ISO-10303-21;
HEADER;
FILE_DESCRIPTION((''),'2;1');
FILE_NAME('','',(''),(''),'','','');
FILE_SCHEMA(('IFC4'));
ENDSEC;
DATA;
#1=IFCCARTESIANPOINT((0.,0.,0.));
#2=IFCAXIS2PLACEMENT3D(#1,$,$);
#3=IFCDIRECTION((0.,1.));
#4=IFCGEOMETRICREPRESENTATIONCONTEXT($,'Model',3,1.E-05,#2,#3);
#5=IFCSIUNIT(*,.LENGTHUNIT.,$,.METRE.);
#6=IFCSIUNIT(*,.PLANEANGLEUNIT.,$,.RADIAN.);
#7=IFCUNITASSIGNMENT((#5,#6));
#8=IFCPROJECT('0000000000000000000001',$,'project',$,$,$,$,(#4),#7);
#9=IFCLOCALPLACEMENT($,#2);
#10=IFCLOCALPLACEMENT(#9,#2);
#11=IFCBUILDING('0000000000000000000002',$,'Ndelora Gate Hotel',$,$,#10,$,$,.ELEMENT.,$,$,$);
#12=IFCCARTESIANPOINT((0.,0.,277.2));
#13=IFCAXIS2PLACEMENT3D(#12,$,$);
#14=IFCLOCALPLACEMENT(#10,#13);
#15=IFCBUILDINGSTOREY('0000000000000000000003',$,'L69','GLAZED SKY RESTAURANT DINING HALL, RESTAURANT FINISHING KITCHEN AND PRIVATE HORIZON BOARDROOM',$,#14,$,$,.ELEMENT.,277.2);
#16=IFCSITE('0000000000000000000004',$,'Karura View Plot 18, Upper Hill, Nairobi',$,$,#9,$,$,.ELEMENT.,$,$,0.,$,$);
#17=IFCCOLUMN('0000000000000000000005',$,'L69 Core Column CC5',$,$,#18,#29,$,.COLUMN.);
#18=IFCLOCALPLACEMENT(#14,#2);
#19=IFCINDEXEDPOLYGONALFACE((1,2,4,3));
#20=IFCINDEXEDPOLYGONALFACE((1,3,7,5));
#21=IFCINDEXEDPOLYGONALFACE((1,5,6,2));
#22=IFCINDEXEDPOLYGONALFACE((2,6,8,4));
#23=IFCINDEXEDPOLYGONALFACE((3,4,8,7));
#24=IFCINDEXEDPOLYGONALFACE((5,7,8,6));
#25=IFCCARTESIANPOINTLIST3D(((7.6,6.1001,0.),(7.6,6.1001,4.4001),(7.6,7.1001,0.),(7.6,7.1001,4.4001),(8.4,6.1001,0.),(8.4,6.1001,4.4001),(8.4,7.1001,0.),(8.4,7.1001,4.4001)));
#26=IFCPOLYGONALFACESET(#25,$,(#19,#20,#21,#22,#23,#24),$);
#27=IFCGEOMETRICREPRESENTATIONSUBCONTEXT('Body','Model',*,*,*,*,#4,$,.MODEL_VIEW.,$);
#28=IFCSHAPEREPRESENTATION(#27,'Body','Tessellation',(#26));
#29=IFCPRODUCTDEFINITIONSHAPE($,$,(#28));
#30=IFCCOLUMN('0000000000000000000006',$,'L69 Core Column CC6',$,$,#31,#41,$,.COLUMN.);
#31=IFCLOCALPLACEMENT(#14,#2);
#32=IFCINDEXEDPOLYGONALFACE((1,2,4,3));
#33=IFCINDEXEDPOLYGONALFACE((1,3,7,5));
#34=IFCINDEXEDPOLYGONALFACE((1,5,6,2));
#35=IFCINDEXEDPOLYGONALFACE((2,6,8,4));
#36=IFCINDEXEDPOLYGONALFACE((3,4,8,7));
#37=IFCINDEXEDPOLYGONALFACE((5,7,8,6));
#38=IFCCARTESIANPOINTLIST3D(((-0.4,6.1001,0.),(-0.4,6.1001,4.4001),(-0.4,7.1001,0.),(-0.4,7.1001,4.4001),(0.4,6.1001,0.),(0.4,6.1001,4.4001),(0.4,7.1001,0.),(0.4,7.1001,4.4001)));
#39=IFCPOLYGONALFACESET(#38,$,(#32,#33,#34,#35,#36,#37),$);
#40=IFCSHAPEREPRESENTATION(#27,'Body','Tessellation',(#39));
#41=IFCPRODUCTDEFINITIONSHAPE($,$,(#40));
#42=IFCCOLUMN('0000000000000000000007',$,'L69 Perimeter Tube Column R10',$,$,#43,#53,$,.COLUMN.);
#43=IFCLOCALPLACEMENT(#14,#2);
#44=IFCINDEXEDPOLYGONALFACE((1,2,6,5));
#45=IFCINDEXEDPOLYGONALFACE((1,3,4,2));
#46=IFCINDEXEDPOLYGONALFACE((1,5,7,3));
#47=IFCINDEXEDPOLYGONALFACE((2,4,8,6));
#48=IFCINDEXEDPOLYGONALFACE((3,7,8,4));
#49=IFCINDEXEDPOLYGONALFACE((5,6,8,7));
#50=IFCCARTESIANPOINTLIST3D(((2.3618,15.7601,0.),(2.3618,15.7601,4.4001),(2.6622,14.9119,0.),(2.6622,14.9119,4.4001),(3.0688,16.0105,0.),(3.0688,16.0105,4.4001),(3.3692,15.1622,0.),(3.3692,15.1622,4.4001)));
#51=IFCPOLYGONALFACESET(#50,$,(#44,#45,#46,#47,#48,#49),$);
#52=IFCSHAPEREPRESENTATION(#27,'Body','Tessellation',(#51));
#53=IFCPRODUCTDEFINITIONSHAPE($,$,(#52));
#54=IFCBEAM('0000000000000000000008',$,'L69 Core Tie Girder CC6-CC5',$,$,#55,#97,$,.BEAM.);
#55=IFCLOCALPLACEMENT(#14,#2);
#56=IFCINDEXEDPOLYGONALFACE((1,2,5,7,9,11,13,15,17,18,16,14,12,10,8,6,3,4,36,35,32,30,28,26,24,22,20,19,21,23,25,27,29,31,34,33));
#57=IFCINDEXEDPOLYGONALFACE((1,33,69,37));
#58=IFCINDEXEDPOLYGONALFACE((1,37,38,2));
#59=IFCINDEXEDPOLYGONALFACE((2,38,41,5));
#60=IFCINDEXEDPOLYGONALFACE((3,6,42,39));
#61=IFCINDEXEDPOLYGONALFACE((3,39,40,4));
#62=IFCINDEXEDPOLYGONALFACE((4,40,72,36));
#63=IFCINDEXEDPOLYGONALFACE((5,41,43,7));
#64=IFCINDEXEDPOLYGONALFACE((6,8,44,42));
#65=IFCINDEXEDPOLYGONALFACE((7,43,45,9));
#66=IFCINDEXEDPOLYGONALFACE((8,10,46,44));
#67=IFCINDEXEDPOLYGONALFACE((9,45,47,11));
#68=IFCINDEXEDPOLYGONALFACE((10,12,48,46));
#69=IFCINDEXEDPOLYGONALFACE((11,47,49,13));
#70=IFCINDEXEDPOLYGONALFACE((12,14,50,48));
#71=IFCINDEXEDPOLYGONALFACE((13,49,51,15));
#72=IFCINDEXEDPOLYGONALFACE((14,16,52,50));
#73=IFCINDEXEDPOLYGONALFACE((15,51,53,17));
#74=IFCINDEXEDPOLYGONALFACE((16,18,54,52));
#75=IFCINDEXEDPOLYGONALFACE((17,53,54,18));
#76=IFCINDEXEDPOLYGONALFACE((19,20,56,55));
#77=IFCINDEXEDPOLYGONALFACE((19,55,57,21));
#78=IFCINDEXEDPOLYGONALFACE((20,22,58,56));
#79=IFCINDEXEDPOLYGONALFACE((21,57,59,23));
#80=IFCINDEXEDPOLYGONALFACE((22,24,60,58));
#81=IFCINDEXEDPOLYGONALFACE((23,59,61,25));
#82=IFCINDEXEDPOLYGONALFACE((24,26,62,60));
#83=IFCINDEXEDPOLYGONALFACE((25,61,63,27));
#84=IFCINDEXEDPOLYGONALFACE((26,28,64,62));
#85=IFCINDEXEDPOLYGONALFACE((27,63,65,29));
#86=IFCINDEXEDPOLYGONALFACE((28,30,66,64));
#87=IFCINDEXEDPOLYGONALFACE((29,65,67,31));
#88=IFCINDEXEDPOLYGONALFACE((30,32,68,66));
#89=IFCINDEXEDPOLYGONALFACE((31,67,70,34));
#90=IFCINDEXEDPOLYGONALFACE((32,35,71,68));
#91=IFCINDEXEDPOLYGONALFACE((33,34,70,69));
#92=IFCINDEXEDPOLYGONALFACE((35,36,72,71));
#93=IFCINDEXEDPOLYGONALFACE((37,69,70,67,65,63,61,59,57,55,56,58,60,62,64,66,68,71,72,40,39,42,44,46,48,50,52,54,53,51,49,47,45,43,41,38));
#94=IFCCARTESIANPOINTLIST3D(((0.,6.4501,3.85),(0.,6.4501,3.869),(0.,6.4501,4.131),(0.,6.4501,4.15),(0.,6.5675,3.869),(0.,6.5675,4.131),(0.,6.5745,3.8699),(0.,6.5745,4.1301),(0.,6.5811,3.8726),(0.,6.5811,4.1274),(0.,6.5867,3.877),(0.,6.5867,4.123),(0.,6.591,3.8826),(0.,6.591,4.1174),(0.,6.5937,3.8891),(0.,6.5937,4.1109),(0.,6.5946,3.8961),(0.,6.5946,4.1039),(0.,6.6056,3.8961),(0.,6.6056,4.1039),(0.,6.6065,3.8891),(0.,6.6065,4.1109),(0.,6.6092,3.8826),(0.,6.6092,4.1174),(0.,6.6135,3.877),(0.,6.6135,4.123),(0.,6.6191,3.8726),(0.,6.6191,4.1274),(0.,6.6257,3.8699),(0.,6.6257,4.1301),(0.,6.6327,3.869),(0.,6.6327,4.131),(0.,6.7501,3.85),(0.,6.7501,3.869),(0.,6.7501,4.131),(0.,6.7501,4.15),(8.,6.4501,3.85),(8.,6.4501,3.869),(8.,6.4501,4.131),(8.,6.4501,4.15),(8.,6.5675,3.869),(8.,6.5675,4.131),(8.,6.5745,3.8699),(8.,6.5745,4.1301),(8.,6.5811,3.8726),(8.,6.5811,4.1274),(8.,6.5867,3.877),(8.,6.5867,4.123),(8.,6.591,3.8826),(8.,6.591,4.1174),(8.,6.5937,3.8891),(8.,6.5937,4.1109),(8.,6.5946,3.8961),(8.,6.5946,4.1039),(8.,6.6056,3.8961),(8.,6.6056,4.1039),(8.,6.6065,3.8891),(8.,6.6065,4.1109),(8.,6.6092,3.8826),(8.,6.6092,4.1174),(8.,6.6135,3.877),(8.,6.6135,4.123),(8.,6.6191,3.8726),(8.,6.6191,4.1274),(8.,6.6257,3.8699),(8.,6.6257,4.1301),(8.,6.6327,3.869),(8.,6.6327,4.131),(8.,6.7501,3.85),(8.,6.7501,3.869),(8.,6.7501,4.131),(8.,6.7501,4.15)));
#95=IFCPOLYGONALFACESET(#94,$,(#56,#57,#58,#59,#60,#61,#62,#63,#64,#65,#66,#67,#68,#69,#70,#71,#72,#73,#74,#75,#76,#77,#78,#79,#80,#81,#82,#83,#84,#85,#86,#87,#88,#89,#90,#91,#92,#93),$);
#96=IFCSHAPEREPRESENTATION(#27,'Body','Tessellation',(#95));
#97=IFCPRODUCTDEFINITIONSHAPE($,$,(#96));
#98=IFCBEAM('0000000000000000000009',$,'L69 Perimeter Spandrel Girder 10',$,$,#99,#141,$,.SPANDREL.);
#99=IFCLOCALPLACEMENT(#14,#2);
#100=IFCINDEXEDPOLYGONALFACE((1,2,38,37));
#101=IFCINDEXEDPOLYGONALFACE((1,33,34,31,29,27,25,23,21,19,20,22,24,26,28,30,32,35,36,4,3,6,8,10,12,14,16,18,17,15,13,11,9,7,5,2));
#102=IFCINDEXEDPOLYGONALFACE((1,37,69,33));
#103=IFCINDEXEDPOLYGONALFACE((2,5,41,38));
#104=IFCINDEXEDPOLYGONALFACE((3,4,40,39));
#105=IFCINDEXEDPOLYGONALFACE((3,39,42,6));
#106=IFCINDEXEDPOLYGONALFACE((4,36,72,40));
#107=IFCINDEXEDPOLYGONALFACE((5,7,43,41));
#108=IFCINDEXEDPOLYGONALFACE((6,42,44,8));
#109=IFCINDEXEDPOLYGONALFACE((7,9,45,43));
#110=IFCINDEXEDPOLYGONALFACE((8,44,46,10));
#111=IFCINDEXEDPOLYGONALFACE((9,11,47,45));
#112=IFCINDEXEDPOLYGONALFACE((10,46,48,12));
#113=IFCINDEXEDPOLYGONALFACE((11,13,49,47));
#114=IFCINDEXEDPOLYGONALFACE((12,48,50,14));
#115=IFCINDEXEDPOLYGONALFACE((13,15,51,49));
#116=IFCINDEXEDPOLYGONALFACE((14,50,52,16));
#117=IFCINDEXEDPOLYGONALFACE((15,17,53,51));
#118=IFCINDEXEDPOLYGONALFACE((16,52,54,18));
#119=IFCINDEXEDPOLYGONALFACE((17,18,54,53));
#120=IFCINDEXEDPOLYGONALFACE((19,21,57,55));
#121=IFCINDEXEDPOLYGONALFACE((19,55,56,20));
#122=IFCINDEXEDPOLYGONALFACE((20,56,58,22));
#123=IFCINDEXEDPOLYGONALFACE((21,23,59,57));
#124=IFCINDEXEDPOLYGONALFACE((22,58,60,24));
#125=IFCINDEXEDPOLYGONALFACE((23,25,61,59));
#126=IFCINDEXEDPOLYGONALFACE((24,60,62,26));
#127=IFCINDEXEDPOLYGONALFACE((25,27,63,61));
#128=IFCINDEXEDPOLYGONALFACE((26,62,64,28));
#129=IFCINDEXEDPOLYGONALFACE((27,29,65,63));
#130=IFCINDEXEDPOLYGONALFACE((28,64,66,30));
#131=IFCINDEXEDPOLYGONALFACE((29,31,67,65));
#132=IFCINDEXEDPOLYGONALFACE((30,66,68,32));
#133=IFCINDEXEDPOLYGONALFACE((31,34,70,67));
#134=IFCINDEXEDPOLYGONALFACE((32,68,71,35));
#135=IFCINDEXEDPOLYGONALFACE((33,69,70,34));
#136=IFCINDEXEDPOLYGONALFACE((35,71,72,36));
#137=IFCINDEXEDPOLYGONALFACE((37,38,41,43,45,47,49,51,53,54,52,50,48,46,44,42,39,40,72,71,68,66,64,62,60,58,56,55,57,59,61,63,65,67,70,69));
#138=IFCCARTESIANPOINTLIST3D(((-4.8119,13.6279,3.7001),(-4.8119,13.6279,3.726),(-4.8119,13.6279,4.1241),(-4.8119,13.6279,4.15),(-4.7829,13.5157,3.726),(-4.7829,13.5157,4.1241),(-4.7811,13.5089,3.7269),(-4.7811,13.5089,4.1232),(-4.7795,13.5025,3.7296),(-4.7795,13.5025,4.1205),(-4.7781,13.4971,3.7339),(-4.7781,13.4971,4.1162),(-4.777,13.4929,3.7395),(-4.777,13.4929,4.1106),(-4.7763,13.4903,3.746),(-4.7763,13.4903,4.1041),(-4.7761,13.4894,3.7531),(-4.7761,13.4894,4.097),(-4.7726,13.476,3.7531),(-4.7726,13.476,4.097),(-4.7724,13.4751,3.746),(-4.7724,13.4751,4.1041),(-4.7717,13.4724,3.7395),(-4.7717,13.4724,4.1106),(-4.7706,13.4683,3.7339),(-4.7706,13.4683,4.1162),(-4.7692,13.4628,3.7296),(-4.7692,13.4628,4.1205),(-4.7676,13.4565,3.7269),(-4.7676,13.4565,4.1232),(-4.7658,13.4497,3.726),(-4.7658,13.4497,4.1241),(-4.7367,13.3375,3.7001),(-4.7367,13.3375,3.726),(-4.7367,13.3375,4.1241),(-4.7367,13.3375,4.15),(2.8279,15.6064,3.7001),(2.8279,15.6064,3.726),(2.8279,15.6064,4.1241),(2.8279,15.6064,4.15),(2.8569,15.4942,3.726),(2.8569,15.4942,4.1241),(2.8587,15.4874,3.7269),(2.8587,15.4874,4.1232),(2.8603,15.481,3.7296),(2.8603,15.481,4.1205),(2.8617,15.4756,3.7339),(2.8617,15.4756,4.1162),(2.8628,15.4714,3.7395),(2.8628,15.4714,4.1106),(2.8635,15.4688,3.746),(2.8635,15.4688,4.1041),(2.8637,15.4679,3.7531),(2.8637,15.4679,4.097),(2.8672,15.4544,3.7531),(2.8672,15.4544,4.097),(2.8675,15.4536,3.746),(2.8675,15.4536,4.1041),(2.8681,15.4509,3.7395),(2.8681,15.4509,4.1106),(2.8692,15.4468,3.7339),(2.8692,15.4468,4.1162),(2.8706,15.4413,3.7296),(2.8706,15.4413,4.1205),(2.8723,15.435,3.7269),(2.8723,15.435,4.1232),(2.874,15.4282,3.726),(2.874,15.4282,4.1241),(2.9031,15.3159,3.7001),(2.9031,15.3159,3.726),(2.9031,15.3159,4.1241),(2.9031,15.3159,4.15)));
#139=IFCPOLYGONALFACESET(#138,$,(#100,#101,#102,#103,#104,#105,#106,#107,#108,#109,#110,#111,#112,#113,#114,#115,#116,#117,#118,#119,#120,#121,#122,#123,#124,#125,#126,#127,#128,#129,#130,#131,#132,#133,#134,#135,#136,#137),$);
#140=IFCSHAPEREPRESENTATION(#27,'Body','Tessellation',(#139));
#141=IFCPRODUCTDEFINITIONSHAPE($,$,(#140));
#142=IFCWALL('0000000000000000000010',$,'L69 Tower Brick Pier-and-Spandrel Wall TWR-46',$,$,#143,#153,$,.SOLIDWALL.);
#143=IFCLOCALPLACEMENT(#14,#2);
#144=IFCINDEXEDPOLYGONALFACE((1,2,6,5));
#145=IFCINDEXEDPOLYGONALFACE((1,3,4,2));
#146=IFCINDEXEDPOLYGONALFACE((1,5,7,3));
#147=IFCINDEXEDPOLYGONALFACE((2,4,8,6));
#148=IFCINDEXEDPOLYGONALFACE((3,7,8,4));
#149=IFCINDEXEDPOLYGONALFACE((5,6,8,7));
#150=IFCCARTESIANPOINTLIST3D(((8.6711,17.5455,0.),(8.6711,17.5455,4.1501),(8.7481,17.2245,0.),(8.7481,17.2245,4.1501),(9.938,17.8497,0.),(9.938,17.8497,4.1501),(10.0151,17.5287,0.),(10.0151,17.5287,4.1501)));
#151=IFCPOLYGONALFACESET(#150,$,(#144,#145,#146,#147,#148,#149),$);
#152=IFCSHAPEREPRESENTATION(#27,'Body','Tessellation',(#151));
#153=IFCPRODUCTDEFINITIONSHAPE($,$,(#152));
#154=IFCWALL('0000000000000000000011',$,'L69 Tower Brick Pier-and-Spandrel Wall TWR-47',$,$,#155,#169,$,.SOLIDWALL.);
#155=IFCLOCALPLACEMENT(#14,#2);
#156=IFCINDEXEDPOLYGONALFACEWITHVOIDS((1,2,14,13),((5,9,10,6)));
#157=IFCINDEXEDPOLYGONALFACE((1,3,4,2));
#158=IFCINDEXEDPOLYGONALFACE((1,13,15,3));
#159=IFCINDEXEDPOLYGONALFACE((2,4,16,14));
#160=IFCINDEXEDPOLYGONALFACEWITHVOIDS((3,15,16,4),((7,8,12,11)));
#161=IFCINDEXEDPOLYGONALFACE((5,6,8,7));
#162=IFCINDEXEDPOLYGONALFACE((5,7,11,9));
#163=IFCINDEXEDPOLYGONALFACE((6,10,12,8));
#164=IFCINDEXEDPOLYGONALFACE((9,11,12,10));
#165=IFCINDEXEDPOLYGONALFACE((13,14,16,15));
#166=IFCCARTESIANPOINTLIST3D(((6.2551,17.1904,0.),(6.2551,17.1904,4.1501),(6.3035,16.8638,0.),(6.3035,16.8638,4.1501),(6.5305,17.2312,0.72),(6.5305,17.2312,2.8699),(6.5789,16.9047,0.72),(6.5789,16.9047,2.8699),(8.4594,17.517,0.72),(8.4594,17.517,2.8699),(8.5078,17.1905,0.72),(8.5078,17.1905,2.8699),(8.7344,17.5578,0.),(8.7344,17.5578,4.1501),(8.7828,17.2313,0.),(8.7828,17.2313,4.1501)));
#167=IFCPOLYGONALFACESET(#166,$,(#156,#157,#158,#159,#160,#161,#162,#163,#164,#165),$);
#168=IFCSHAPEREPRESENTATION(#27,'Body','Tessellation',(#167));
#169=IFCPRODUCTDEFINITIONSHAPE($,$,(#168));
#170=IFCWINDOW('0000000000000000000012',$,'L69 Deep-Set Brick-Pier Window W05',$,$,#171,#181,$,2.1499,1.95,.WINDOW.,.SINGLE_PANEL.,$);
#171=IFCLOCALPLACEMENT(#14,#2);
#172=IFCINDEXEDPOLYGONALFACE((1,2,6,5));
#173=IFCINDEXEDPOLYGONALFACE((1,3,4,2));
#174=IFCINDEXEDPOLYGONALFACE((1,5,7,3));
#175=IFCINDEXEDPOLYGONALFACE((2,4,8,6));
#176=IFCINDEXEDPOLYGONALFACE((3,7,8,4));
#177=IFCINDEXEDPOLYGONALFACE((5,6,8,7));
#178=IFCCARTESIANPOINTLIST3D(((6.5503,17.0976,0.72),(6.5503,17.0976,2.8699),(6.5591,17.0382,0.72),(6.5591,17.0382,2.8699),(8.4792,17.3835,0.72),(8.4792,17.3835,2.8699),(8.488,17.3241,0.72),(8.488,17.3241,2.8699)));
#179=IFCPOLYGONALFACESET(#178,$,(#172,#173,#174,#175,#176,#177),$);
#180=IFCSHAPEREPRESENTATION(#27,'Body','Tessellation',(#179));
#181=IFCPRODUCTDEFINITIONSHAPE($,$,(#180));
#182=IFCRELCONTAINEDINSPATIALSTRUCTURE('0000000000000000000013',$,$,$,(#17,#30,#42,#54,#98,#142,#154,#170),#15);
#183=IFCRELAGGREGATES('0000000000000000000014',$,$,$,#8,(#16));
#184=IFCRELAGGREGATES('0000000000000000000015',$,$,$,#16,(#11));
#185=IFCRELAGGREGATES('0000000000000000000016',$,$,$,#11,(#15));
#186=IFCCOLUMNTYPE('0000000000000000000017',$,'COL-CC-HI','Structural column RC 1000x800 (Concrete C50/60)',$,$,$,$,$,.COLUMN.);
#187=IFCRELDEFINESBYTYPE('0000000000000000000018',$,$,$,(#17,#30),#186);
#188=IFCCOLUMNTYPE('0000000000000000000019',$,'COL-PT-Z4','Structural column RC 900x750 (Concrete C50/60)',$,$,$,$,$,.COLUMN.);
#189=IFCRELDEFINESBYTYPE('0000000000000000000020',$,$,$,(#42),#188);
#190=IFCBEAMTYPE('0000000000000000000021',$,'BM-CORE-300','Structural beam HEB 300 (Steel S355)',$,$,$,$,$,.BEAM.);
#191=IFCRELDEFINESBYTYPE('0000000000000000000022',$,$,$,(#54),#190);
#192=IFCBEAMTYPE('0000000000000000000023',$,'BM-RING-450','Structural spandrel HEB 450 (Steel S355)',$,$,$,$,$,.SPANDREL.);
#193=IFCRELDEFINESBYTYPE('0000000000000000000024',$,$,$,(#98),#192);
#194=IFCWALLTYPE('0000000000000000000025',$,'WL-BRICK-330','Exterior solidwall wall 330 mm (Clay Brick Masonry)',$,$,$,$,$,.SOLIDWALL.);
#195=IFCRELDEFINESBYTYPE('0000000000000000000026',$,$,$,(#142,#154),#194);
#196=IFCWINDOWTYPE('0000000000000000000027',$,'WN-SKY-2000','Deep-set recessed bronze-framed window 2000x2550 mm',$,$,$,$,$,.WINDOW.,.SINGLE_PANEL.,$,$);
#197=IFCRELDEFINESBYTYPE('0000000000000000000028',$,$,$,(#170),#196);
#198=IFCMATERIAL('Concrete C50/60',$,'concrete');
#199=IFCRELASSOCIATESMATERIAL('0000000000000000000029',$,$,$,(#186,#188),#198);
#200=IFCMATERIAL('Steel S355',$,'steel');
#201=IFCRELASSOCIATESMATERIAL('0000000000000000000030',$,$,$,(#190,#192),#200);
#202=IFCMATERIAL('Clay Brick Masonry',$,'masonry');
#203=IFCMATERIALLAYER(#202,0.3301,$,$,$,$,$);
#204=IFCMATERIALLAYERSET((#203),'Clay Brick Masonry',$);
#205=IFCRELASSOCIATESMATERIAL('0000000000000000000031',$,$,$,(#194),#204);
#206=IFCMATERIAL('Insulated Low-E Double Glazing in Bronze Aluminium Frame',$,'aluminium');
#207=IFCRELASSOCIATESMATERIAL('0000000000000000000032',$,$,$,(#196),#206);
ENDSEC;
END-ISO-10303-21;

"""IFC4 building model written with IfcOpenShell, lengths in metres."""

from ifc_helpers import new_model, si_unit, direction, frame, frame_2d, origin, origin_2d, place, context, subcontext, project, spatial, rectangle, i_section, extrude, material, layer, layer_set, material_profile, profile_set, type_object, element, fill, save


model = new_model("IFC4")

# Units and contexts
model_context = context("Model", 3, precision=1e-05, world=origin(), true_north=direction((0.0, 1.0)))
body_context = subcontext(model_context, "Body", "Model", "MODEL_VIEW")
ifc_project = project(units=[si_unit("LENGTHUNIT", "METRE"), si_unit("PLANEANGLEUNIT", "RADIAN")], contexts=[model_context])

# Site, building, storey
site_placement = place(None, origin())
site = spatial("IfcSite", under=ifc_project, at=site_placement, Name="Karura View Plot 18, Upper Hill, Nairobi", CompositionType="ELEMENT", RefElevation=0.0)
building_placement = place(site_placement, origin())
building = spatial("IfcBuilding", under=site, at=building_placement, Name="Ndelora Gate Hotel", CompositionType="ELEMENT")
storey_placement = place(building_placement, frame((0.0, 0.0, 277.2)))
storey = spatial("IfcBuildingStorey", under=building, at=storey_placement, Name="L69", Description="GLAZED SKY RESTAURANT DINING HALL, RESTAURANT FINISHING KITCHEN AND PRIVATE HORIZON BOARDROOM", CompositionType="ELEMENT", Elevation=277.2)

# Columns
ifc_material_1 = material(Name="Concrete C50/60", Category="concrete")
ifc_material_profile_1 = material_profile(ifc_material_1, rectangle(XDim=0.8, YDim=1.0, at=origin_2d()), Name="RC 1000x800")
ifc_profile_set_1 = profile_set([ifc_material_profile_1], Name="Concrete C50/60")
column_type_1 = type_object("IfcColumnType", Name="COL-CC-HI", Description="Structural column RC 1000x800 (Concrete C50/60)", PredefinedType="COLUMN", material=ifc_profile_set_1)
for number, where, z_axis, x_axis, name in (
    (1, (8.0, 6.6001, 0.0), (0.0, 0.0, 1.0), (1.0, 0.0, 0.0), "L69 Core Column CC5"),
    (2, (0.0, 6.6001, 0.0), (0.0, 0.0, 1.0), (1.0, 0.0, 0.0), "L69 Core Column CC6"),
):
    element("IfcColumn", number, at=place(storey_placement, frame(where, z_axis=z_axis, x_axis=x_axis)), inside=storey, type_object=column_type_1, Name=name, PredefinedType="COLUMN", context=body_context, shape_type="SweptSolid", body=[
        extrude(rectangle(XDim=0.8, YDim=1.0, at=origin_2d()), origin(), (0.0, 0.0, 1.0), 4.4001),
    ])
ifc_material_profile_2 = material_profile(ifc_material_1, rectangle(XDim=0.75, YDim=0.8999, at=origin_2d()), Name="RC 900x750")
ifc_profile_set_2 = profile_set([ifc_material_profile_2], Name="Concrete C50/60")
column_type_2 = type_object("IfcColumnType", Name="COL-PT-Z4", Description="Structural column RC 900x750 (Concrete C50/60)", PredefinedType="COLUMN", material=ifc_profile_set_2)
column_placement = place(storey_placement, frame((2.8655, 15.4612, 0.0), z_axis=(0.0, 0.0, 1.0), x_axis=(0.942641, 0.333807, 0.0)))
element("IfcColumn", 3, at=column_placement, inside=storey, type_object=column_type_2, Name="L69 Perimeter Tube Column R10", PredefinedType="COLUMN", context=body_context, shape_type="SweptSolid", body=[
    extrude(rectangle(XDim=0.75, YDim=0.8999, at=origin_2d()), origin(), (0.0, 0.0, 1.0), 4.4001),
])

# Beams
ifc_material_2 = material(Name="Steel S355", Category="steel")
ifc_material_profile_3 = material_profile(ifc_material_2, i_section(OverallWidth=0.3, OverallDepth=0.3, WebThickness=0.011, FlangeThickness=0.019, FilletRadius=0.0271, at=origin_2d()), Name="HEB 300")
ifc_profile_set_3 = profile_set([ifc_material_profile_3], Name="Steel S355")
beam_type_1 = type_object("IfcBeamType", Name="BM-CORE-300", Description="Structural beam HEB 300 (Steel S355)", PredefinedType="BEAM", material=ifc_profile_set_3)
beam_1_placement = place(storey_placement, frame((0.0, 6.6001, 4.0), z_axis=(1.0, 0.0, 0.0), x_axis=(0.0, 1.0, 0.0)))
element("IfcBeam", 4, at=beam_1_placement, inside=storey, type_object=beam_type_1, Name="L69 Core Tie Girder CC6-CC5", PredefinedType="BEAM", context=body_context, shape_type="SweptSolid", body=[
    extrude(i_section(OverallWidth=0.3, OverallDepth=0.3, WebThickness=0.011, FlangeThickness=0.019, FilletRadius=0.0271, at=origin_2d()), origin(), (0.0, 0.0, 1.0), 8.0),
])
ifc_material_profile_4 = material_profile(ifc_material_2, i_section(OverallWidth=0.3, OverallDepth=0.45, WebThickness=0.0139, FlangeThickness=0.0259, FilletRadius=0.0271, at=origin_2d()), Name="HEB 450")
ifc_profile_set_4 = profile_set([ifc_material_profile_4], Name="Steel S355")
beam_type_2 = type_object("IfcBeamType", Name="BM-RING-450", Description="Structural spandrel HEB 450 (Steel S355)", PredefinedType="SPANDREL", material=ifc_profile_set_4)
beam_2_placement = place(storey_placement, frame((2.8655, 15.4612, 3.925), z_axis=(-0.968064, -0.250701, 0.0), x_axis=(0.250701, -0.968064, 0.0)))
element("IfcBeam", 5, at=beam_2_placement, inside=storey, type_object=beam_type_2, Name="L69 Perimeter Spandrel Girder 10", PredefinedType="SPANDREL", context=body_context, shape_type="SweptSolid", body=[
    extrude(i_section(OverallWidth=0.3, OverallDepth=0.45, WebThickness=0.0139, FlangeThickness=0.0259, FilletRadius=0.0271, at=origin_2d()), origin(), (0.0, 0.0, 1.0), 7.8918),
])

# Wall
ifc_material_3 = material(Name="Clay Brick Masonry", Category="masonry")
ifc_layer_1 = layer(ifc_material_3, 0.3301)
ifc_layer_set_1 = layer_set([ifc_layer_1], Name="Clay Brick Masonry")
wall_type_1 = type_object("IfcWallType", Name="WL-BRICK-330", Description="Exterior solidwall wall 330 mm (Clay Brick Masonry)", PredefinedType="SOLIDWALL", material=ifc_layer_set_1)
wall_1_placement = place(storey_placement, frame((8.7097, 17.385, 0.0), z_axis=(0.0, 0.0, 1.0), x_axis=(0.97236, 0.233486, 0.0)))
element("IfcWall", 6, at=wall_1_placement, inside=storey, type_object=wall_type_1, Name="L69 Tower Brick Pier-and-Spandrel Wall TWR-46", PredefinedType="SOLIDWALL", context=body_context, shape_type="SweptSolid", body=[
    extrude(rectangle(XDim=1.303, YDim=0.3301, at=frame_2d((0.6514, 0.0))), origin(), (0.0, 0.0, 1.0), 4.1501),
])

# Wall, opening, window
wall_2_placement = place(storey_placement, frame((6.2793, 17.0271, 0.0), z_axis=(0.0, 0.0, 1.0), x_axis=(0.989196, 0.146602, 0.0)))
wall_2 = element("IfcWall", 7, at=wall_2_placement, inside=storey, type_object=wall_type_1, Name="L69 Tower Brick Pier-and-Spandrel Wall TWR-47", PredefinedType="SOLIDWALL", context=body_context, shape_type="SweptSolid", body=[
    extrude(rectangle(XDim=2.5063, YDim=0.3301, at=frame_2d((1.2532, 0.0))), origin(), (0.0, 0.0, 1.0), 4.1501),
])
opening_1_placement = place(wall_2_placement, frame((0.2783, 0.0, 0.72)))
opening_1 = element("IfcOpeningElement", 8, at=opening_1_placement, cuts=wall_2, PredefinedType="OPENING", context=body_context, shape_type="SweptSolid", body=[
    extrude(rectangle(XDim=1.95, YDim=2.1499, at=frame_2d((0.9751, 1.075))), frame((0.0, 0.175, 0.0), z_axis=(0.0, -1.0, 0.0), x_axis=(1.0, 0.0, 0.0)), (0.0, 0.0, 1.0), 0.3501),
])
ifc_material_4 = material(Name="Insulated Low-E Double Glazing in Bronze Aluminium Frame", Category="aluminium")
window_type = type_object("IfcWindowType", Name="WN-SKY-2000", Description="Deep-set recessed bronze-framed window 2000x2550 mm", PartitioningType="SINGLE_PANEL", PredefinedType="WINDOW", material=ifc_material_4)
window_1_placement = place(opening_1_placement, origin())
window_1 = element("IfcWindow", 9, at=window_1_placement, inside=storey, type_object=window_type, Name="L69 Deep-Set Brick-Pier Window W05", OverallHeight=2.1499, OverallWidth=1.95, PartitioningType="SINGLE_PANEL", PredefinedType="WINDOW", context=body_context, shape_type="SweptSolid", body=[
    extrude(rectangle(XDim=1.95, YDim=2.1499, at=frame_2d((0.9751, 1.075))), frame((0.0, 0.03, 0.0), z_axis=(0.0, -1.0, 0.0), x_axis=(1.0, 0.0, 0.0)), (0.0, 0.0, 1.0), 0.0601),
])
fill(opening_1, window_1)

save(model, "model.ifc")
